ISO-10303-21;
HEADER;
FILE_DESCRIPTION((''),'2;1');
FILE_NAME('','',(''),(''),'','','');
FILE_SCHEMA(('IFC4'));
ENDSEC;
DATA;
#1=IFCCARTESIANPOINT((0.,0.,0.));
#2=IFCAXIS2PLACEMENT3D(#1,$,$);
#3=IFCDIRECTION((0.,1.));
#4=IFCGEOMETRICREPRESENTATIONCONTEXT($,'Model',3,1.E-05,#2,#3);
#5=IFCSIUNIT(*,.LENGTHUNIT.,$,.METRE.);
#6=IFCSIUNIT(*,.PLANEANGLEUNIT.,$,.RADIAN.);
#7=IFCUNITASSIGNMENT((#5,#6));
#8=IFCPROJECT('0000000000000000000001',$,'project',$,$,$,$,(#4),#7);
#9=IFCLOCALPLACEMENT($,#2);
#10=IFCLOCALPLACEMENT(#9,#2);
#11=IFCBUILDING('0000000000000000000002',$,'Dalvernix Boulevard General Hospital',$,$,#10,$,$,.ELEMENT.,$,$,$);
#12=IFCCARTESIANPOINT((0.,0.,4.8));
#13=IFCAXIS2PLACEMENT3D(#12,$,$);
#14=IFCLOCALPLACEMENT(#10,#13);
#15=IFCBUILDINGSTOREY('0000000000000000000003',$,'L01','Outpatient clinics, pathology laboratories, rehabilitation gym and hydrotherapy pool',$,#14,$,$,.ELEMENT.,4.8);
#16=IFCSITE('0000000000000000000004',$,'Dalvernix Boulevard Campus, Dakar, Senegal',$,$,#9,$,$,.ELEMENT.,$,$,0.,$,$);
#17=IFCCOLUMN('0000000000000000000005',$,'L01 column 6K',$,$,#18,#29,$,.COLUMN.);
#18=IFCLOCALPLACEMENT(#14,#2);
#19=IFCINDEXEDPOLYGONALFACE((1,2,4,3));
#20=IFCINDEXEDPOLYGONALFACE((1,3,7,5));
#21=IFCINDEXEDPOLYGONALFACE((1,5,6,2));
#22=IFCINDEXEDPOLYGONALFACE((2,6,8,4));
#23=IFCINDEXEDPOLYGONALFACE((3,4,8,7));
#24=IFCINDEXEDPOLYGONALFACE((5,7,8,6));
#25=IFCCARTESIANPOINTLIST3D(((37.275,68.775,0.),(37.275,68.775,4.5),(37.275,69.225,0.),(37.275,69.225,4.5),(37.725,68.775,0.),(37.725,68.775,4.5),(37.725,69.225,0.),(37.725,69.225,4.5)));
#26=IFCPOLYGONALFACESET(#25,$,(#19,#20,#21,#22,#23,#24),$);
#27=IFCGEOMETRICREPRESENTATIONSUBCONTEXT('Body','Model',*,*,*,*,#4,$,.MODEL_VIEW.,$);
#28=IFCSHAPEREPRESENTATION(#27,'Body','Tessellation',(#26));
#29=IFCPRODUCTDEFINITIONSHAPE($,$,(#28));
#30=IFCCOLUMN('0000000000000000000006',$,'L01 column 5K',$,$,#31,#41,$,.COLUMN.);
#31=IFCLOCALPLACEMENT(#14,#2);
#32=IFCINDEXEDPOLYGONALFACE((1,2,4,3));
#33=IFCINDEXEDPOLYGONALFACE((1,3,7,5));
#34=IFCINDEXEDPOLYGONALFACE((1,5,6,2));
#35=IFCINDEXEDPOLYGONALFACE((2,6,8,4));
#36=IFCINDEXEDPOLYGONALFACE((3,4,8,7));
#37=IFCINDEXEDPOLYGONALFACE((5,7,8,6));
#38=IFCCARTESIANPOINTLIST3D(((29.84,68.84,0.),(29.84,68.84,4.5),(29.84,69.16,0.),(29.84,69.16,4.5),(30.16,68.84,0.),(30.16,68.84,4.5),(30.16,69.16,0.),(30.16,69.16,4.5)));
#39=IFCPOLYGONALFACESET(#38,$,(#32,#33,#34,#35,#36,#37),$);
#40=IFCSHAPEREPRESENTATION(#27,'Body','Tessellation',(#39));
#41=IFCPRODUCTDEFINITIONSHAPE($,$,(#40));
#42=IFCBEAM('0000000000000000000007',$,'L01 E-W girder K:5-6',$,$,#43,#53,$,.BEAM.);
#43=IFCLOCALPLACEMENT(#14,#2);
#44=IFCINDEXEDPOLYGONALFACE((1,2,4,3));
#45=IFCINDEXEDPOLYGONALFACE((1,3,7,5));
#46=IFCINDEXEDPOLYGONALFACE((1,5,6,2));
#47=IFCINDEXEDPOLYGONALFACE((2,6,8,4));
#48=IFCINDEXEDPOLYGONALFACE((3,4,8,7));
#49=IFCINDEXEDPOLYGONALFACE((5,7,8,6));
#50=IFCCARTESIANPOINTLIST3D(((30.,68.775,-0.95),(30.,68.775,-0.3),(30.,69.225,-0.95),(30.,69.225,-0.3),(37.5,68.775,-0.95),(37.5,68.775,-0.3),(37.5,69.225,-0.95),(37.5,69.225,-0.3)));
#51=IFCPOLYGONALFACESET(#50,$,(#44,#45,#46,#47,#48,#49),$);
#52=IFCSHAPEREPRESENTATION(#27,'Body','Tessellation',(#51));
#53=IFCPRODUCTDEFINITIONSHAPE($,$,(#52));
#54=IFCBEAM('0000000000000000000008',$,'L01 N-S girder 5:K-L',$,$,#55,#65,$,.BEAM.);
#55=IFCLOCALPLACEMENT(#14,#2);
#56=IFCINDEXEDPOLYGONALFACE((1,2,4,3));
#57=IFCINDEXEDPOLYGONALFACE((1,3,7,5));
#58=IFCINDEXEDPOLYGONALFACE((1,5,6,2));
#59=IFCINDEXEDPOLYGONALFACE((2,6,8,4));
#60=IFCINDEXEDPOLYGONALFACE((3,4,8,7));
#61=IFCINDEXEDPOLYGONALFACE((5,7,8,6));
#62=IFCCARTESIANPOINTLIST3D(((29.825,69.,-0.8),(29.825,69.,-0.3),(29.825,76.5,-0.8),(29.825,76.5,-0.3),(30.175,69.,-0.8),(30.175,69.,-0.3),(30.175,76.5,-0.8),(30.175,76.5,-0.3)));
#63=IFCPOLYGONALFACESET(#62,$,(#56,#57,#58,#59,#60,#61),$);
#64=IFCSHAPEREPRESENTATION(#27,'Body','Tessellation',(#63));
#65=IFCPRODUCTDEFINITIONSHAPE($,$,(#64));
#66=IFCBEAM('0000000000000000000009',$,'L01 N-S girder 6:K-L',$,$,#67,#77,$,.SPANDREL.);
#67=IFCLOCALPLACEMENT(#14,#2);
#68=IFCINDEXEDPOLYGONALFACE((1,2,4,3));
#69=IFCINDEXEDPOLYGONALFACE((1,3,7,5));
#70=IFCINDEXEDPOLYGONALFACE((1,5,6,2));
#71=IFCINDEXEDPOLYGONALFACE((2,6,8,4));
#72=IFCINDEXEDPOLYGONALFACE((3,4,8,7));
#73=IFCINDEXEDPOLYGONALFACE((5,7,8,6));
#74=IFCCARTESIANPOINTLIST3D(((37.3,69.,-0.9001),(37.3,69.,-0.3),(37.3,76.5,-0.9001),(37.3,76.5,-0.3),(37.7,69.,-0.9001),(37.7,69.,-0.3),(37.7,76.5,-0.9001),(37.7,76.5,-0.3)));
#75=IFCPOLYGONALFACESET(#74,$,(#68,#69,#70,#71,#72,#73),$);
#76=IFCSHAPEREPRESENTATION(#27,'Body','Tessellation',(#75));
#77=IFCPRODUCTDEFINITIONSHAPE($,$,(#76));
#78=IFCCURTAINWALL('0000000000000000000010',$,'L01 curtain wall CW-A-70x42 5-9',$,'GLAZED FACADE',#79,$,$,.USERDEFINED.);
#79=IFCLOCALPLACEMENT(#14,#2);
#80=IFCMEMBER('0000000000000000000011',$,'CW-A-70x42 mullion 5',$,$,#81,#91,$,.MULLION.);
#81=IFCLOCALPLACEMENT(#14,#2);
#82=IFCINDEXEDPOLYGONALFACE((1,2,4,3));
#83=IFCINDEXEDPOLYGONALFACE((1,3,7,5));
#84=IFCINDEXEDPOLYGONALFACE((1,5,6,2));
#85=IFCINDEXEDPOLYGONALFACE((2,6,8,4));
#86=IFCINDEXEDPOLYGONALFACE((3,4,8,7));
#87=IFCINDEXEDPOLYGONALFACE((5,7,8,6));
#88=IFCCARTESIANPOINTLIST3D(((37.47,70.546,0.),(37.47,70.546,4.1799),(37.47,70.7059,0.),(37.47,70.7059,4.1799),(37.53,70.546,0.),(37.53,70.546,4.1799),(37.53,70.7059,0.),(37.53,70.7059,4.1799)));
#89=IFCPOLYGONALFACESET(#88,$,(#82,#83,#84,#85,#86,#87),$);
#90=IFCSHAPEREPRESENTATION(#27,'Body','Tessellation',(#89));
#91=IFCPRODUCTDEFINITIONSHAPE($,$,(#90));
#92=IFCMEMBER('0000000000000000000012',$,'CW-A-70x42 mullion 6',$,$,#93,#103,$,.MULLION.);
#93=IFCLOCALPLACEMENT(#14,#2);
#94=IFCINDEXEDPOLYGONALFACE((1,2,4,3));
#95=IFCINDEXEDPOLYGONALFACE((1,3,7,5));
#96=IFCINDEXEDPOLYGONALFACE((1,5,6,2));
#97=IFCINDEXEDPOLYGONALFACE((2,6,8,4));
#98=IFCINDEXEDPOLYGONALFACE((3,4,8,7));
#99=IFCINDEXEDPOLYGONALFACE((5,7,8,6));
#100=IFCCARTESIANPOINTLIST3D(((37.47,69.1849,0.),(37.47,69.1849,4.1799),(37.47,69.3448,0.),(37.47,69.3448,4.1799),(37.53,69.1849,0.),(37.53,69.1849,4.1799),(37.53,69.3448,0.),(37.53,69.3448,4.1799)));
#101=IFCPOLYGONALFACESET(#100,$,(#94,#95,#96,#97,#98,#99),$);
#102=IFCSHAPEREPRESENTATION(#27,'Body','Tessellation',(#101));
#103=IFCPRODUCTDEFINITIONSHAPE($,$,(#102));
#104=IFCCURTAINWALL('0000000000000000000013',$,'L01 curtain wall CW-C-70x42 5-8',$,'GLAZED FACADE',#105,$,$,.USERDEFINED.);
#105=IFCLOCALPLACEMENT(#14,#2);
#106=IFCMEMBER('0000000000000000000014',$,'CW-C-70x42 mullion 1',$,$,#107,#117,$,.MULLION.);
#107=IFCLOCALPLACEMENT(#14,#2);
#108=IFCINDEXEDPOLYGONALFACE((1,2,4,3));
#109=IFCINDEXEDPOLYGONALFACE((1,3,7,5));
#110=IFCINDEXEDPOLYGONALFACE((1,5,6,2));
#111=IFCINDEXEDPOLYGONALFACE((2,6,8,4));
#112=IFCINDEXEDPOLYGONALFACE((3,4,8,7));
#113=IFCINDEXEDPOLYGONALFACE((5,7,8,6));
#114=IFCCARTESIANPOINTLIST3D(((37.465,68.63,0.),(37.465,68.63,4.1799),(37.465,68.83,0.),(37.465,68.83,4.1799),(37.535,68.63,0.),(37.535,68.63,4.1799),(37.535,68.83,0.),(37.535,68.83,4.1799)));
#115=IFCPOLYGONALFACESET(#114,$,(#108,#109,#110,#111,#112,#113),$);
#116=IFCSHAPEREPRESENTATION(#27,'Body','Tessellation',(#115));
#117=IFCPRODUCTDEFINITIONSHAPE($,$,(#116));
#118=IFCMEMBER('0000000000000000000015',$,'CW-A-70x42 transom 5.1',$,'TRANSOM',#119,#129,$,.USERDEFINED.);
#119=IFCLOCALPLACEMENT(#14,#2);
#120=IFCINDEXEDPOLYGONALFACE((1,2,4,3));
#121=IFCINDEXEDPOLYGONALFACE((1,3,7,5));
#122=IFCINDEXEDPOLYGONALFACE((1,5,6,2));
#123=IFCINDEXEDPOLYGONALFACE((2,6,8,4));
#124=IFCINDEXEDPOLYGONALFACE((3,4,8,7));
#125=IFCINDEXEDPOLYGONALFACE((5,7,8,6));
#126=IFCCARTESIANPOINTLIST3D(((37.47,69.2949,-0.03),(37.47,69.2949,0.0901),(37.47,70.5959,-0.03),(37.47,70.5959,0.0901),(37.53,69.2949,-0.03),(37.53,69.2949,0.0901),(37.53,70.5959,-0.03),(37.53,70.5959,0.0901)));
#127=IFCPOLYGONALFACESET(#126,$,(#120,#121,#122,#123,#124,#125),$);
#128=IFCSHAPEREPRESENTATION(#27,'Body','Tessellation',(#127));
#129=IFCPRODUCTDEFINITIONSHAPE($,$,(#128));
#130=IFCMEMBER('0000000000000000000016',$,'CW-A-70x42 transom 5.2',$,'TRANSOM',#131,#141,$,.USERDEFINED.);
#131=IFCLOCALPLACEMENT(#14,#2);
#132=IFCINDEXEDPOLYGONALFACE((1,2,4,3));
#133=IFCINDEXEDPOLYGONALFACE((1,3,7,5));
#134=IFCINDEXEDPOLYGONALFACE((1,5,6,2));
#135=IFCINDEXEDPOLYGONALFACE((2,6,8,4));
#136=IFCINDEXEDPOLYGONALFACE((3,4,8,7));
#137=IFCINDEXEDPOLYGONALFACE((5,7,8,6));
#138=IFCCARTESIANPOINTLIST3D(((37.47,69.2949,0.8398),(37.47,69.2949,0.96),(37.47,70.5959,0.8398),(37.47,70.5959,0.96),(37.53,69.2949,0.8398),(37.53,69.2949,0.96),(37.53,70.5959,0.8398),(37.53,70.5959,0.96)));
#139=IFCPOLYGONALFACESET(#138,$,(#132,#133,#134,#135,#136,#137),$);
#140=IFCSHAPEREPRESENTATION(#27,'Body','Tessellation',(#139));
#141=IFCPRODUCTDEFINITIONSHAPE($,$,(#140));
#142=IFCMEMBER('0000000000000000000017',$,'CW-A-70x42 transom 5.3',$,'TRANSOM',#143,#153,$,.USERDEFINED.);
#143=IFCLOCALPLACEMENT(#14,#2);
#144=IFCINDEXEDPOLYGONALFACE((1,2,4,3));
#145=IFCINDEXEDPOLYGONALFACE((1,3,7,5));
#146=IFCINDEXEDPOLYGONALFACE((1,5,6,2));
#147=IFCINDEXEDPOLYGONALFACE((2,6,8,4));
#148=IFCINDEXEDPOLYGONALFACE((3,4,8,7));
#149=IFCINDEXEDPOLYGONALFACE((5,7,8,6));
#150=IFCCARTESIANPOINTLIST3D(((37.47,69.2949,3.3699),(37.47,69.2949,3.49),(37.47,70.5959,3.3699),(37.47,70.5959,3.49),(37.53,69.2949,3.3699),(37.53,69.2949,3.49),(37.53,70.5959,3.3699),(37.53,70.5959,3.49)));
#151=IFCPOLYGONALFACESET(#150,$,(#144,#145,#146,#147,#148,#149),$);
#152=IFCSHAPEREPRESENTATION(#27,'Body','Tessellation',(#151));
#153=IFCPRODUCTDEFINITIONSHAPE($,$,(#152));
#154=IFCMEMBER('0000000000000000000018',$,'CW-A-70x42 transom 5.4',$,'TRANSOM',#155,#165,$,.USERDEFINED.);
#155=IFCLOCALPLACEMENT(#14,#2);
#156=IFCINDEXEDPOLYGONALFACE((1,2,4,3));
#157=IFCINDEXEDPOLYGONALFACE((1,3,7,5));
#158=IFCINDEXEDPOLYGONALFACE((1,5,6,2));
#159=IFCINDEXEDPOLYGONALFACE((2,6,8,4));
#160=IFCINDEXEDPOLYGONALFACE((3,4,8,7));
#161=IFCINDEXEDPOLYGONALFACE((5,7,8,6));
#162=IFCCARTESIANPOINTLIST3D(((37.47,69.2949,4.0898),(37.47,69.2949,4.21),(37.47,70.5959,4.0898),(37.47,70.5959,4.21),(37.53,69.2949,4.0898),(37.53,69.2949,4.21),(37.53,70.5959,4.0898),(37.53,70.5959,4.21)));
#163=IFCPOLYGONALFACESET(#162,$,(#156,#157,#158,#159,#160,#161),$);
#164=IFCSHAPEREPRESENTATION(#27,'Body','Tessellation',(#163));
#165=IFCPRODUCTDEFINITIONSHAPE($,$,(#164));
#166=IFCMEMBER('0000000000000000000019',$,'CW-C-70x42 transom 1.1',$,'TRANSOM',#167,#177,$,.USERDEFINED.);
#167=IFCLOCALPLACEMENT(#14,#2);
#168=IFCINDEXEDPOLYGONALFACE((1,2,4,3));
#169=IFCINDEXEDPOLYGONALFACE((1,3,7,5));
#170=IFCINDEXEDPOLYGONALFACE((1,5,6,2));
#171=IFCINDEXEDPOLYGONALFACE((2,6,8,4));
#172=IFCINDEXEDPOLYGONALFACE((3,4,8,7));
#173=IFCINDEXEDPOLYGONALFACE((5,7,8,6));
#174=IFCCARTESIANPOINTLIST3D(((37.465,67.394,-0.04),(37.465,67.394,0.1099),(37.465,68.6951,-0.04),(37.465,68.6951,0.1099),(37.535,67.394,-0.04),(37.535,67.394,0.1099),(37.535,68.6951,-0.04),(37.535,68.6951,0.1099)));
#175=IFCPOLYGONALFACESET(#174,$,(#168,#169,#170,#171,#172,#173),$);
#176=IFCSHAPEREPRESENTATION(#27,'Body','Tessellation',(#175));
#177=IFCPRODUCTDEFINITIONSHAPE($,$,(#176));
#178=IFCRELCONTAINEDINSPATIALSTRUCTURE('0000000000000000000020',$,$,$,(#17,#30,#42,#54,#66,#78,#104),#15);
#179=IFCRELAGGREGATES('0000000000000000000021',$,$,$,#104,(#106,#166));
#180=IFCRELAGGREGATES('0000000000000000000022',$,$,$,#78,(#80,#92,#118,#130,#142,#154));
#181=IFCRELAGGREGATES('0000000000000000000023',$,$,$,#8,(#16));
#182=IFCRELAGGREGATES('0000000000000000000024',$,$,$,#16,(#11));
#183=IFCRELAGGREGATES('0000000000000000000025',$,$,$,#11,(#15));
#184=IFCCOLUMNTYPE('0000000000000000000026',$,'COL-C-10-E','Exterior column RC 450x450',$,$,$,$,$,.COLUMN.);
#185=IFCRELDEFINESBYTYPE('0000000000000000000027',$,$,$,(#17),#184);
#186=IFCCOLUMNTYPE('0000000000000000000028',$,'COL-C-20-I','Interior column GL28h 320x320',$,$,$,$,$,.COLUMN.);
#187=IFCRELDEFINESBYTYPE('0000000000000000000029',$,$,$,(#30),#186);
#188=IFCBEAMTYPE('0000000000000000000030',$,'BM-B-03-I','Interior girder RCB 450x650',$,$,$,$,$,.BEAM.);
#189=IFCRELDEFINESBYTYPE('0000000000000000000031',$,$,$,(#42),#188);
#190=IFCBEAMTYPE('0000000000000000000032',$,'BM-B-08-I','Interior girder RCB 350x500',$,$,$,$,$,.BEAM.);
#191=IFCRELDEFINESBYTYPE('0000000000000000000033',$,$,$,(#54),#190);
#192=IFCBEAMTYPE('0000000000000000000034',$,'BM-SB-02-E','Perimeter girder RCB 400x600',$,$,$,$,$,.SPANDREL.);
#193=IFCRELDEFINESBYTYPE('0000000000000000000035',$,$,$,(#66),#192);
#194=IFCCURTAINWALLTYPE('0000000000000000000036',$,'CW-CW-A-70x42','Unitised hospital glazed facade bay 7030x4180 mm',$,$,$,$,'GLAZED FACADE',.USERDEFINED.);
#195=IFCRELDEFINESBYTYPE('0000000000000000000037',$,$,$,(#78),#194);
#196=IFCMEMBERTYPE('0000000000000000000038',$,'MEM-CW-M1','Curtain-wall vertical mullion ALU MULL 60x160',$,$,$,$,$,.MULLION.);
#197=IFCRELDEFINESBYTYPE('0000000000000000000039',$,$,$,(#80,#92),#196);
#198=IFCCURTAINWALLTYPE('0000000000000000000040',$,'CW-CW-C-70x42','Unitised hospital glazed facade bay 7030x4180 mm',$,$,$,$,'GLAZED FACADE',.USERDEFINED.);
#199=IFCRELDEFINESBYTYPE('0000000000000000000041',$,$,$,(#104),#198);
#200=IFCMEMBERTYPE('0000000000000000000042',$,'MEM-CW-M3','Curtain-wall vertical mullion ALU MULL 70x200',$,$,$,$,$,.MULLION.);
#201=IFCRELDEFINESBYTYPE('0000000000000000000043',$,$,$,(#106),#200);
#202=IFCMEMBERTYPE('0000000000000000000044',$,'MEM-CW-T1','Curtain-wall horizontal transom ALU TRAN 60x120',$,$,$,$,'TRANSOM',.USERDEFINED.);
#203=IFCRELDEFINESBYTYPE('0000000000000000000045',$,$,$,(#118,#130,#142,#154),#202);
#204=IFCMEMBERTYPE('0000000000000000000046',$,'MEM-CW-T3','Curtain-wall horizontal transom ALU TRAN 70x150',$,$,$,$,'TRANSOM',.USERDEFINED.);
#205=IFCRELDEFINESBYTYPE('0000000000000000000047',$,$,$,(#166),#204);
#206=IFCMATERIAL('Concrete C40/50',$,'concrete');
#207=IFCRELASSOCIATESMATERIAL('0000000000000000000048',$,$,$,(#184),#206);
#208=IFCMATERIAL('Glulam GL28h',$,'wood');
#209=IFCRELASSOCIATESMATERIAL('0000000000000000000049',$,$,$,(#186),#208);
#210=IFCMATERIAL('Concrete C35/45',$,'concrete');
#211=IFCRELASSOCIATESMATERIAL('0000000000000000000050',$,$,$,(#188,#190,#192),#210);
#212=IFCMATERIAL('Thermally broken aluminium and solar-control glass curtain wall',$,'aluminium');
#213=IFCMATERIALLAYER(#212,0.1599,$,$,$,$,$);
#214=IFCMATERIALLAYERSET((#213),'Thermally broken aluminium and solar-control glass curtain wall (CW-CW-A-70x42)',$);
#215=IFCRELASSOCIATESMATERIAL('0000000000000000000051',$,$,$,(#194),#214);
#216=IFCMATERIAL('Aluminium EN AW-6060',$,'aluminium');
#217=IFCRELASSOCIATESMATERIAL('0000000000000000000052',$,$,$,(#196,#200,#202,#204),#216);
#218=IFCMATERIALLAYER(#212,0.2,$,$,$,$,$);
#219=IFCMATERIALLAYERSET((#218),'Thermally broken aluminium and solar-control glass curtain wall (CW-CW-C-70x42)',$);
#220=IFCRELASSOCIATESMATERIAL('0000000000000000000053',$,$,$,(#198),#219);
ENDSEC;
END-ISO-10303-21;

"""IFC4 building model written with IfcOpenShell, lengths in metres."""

from ifc_helpers import new_model, si_unit, direction, frame, origin, origin_2d, place, context, subcontext, project, spatial, rectangle, extrude, material, layer, layer_set, material_profile, profile_set, type_object, element, aggregate, save


model = new_model("IFC4")

# Units and contexts
model_context = context("Model", 3, precision=1e-05, world=origin(), true_north=direction((0.0, 1.0)))
body_context = subcontext(model_context, "Body", "Model", "MODEL_VIEW")
ifc_project = project(units=[si_unit("LENGTHUNIT", "METRE"), si_unit("PLANEANGLEUNIT", "RADIAN")], contexts=[model_context])

# Site, building, storey
site_placement = place(None, origin())
site = spatial("IfcSite", under=ifc_project, at=site_placement, Name="Dalvernix Boulevard Campus, Dakar, Senegal", CompositionType="ELEMENT", RefElevation=0.0)
building_placement = place(site_placement, origin())
building = spatial("IfcBuilding", under=site, at=building_placement, Name="Dalvernix Boulevard General Hospital", CompositionType="ELEMENT")
storey_placement = place(building_placement, frame((0.0, 0.0, 4.8)))
storey = spatial("IfcBuildingStorey", under=building, at=storey_placement, Name="L01", Description="Outpatient clinics, pathology laboratories, rehabilitation gym and hydrotherapy pool", CompositionType="ELEMENT", Elevation=4.8)

# Columns
ifc_material_1 = material(Name="Concrete C40/50", Category="concrete")
ifc_material_profile_1 = material_profile(ifc_material_1, rectangle(XDim=0.45, YDim=0.45, at=origin_2d()), Name="RC 450x450")
ifc_profile_set_1 = profile_set([ifc_material_profile_1], Name="Concrete C40/50")
column_type_1 = type_object("IfcColumnType", Name="COL-C-10-E", Description="Exterior column RC 450x450", PredefinedType="COLUMN", material=ifc_profile_set_1)
column_1_placement = place(storey_placement, frame((37.5, 69.0, 0.0), z_axis=(0.0, 0.0, 1.0), x_axis=(1.0, 0.0, 0.0)))
element("IfcColumn", 1, at=column_1_placement, inside=storey, type_object=column_type_1, Name="L01 column 6K", PredefinedType="COLUMN", context=body_context, shape_type="SweptSolid", body=[
    extrude(rectangle(XDim=0.45, YDim=0.45, at=origin_2d()), origin(), (0.0, 0.0, 1.0), 4.5),
])
ifc_material_2 = material(Name="Glulam GL28h", Category="wood")
ifc_material_profile_2 = material_profile(ifc_material_2, rectangle(XDim=0.3201, YDim=0.3201, at=origin_2d()), Name="GL28h 320x320")
ifc_profile_set_2 = profile_set([ifc_material_profile_2], Name="Glulam GL28h")
column_type_2 = type_object("IfcColumnType", Name="COL-C-20-I", Description="Interior column GL28h 320x320", PredefinedType="COLUMN", material=ifc_profile_set_2)
column_2_placement = place(storey_placement, frame((30.0, 69.0, 0.0), z_axis=(0.0, 0.0, 1.0), x_axis=(1.0, 0.0, 0.0)))
element("IfcColumn", 2, at=column_2_placement, inside=storey, type_object=column_type_2, Name="L01 column 5K", PredefinedType="COLUMN", context=body_context, shape_type="SweptSolid", body=[
    extrude(rectangle(XDim=0.3201, YDim=0.3201, at=origin_2d()), origin(), (0.0, 0.0, 1.0), 4.5),
])

# Beams
ifc_material_3 = material(Name="Concrete C35/45", Category="concrete")
ifc_material_profile_3 = material_profile(ifc_material_3, rectangle(XDim=0.45, YDim=0.6499, at=origin_2d()), Name="RCB 450x650")
ifc_profile_set_3 = profile_set([ifc_material_profile_3], Name="Concrete C35/45")
beam_type_1 = type_object("IfcBeamType", Name="BM-B-03-I", Description="Interior girder RCB 450x650", PredefinedType="BEAM", material=ifc_profile_set_3)
beam_1_placement = place(storey_placement, frame((30.0, 69.0, -0.625), z_axis=(1.0, 0.0, 0.0), x_axis=(0.0, 1.0, 0.0)))
element("IfcBeam", 3, at=beam_1_placement, inside=storey, type_object=beam_type_1, Name="L01 E-W girder K:5-6", PredefinedType="BEAM", context=body_context, shape_type="SweptSolid", body=[
    extrude(rectangle(XDim=0.45, YDim=0.6499, at=origin_2d()), origin(), (0.0, 0.0, 1.0), 7.5),
])
ifc_material_profile_4 = material_profile(ifc_material_3, rectangle(XDim=0.3501, YDim=0.5, at=origin_2d()), Name="RCB 350x500")
ifc_profile_set_4 = profile_set([ifc_material_profile_4], Name="Concrete C35/45")
beam_type_2 = type_object("IfcBeamType", Name="BM-B-08-I", Description="Interior girder RCB 350x500", PredefinedType="BEAM", material=ifc_profile_set_4)
beam_2_placement = place(storey_placement, frame((30.0, 69.0, -0.55), z_axis=(0.0, 1.0, 0.0), x_axis=(-1.0, 0.0, 0.0)))
element("IfcBeam", 4, at=beam_2_placement, inside=storey, type_object=beam_type_2, Name="L01 N-S girder 5:K-L", PredefinedType="BEAM", context=body_context, shape_type="SweptSolid", body=[
    extrude(rectangle(XDim=0.3501, YDim=0.5, at=origin_2d()), origin(), (0.0, 0.0, 1.0), 7.5),
])
ifc_material_profile_5 = material_profile(ifc_material_3, rectangle(XDim=0.3999, YDim=0.6001, at=origin_2d()), Name="RCB 400x600")
ifc_profile_set_5 = profile_set([ifc_material_profile_5], Name="Concrete C35/45")
beam_type_3 = type_object("IfcBeamType", Name="BM-SB-02-E", Description="Perimeter girder RCB 400x600", PredefinedType="SPANDREL", material=ifc_profile_set_5)
beam_3_placement = place(storey_placement, frame((37.5, 69.0, -0.6001), z_axis=(0.0, 1.0, 0.0), x_axis=(-1.0, 0.0, 0.0)))
element("IfcBeam", 5, at=beam_3_placement, inside=storey, type_object=beam_type_3, Name="L01 N-S girder 6:K-L", PredefinedType="SPANDREL", context=body_context, shape_type="SweptSolid", body=[
    extrude(rectangle(XDim=0.3999, YDim=0.6001, at=origin_2d()), origin(), (0.0, 0.0, 1.0), 7.5),
])

# Curtain wall, members
ifc_material_4 = material(Name="Thermally broken aluminium and solar-control glass curtain wall", Category="aluminium")
ifc_layer_1 = layer(ifc_material_4, 0.1599)
ifc_layer_set_1 = layer_set([ifc_layer_1], Name="Thermally broken aluminium and solar-control glass curtain wall (CW-CW-A-70x42)")
curtain_wall_type_1 = type_object("IfcCurtainWallType", Name="CW-CW-A-70x42", Description="Unitised hospital glazed facade bay 7030x4180 mm", ElementType="GLAZED FACADE", PredefinedType="USERDEFINED", material=ifc_layer_set_1)
curtain_wall_1_placement = place(storey_placement, origin())
curtain_wall_1 = element("IfcCurtainWall", 6, at=curtain_wall_1_placement, inside=storey, type_object=curtain_wall_type_1, Name="L01 curtain wall CW-A-70x42 5-9", ObjectType="GLAZED FACADE", PredefinedType="USERDEFINED")
ifc_material_5 = material(Name="Aluminium EN AW-6060", Category="aluminium")
ifc_material_profile_6 = material_profile(ifc_material_5, rectangle(XDim=0.0601, YDim=0.1599, at=origin_2d()), Name="ALU MULL 60x160")
ifc_profile_set_6 = profile_set([ifc_material_profile_6], Name="Aluminium EN AW-6060")
member_type_1 = type_object("IfcMemberType", Name="MEM-CW-M1", Description="Curtain-wall vertical mullion ALU MULL 60x160", PredefinedType="MULLION", material=ifc_profile_set_6)
member_1_placement = place(storey_placement, frame((37.5, 70.626, 0.0), z_axis=(0.0, 0.0, 1.0), x_axis=(1.0, 0.0, 0.0)))
member_1 = element("IfcMember", 7, at=member_1_placement, type_object=member_type_1, Name="CW-A-70x42 mullion 5", PredefinedType="MULLION", context=body_context, shape_type="SweptSolid", body=[
    extrude(rectangle(XDim=0.0601, YDim=0.1599, at=origin_2d()), origin(), (0.0, 0.0, 1.0), 4.1799),
])
member_2_placement = place(storey_placement, frame((37.5, 69.2649, 0.0), z_axis=(0.0, 0.0, 1.0), x_axis=(1.0, 0.0, 0.0)))
member_2 = element("IfcMember", 8, at=member_2_placement, type_object=member_type_1, Name="CW-A-70x42 mullion 6", PredefinedType="MULLION", context=body_context, shape_type="SweptSolid", body=[
    extrude(rectangle(XDim=0.0601, YDim=0.1599, at=origin_2d()), origin(), (0.0, 0.0, 1.0), 4.1799),
])

# Curtain wall, member
ifc_layer_2 = layer(ifc_material_4, 0.2)
ifc_layer_set_2 = layer_set([ifc_layer_2], Name="Thermally broken aluminium and solar-control glass curtain wall (CW-CW-C-70x42)")
curtain_wall_type_2 = type_object("IfcCurtainWallType", Name="CW-CW-C-70x42", Description="Unitised hospital glazed facade bay 7030x4180 mm", ElementType="GLAZED FACADE", PredefinedType="USERDEFINED", material=ifc_layer_set_2)
curtain_wall_2_placement = place(storey_placement, origin())
curtain_wall_2 = element("IfcCurtainWall", 9, at=curtain_wall_2_placement, inside=storey, type_object=curtain_wall_type_2, Name="L01 curtain wall CW-C-70x42 5-8", ObjectType="GLAZED FACADE", PredefinedType="USERDEFINED")
ifc_material_profile_7 = material_profile(ifc_material_5, rectangle(XDim=0.0701, YDim=0.2, at=origin_2d()), Name="ALU MULL 70x200")
ifc_profile_set_7 = profile_set([ifc_material_profile_7], Name="Aluminium EN AW-6060")
member_type_2 = type_object("IfcMemberType", Name="MEM-CW-M3", Description="Curtain-wall vertical mullion ALU MULL 70x200", PredefinedType="MULLION", material=ifc_profile_set_7)
member_3_placement = place(storey_placement, frame((37.5, 68.73, 0.0), z_axis=(0.0, 0.0, 1.0), x_axis=(1.0, 0.0, 0.0)))
member_3 = element("IfcMember", 10, at=member_3_placement, type_object=member_type_2, Name="CW-C-70x42 mullion 1", PredefinedType="MULLION", context=body_context, shape_type="SweptSolid", body=[
    extrude(rectangle(XDim=0.0701, YDim=0.2, at=origin_2d()), origin(), (0.0, 0.0, 1.0), 4.1799),
])

# Members
ifc_material_profile_8 = material_profile(ifc_material_5, rectangle(XDim=0.0601, YDim=0.1201, at=origin_2d()), Name="ALU TRAN 60x120")
ifc_profile_set_8 = profile_set([ifc_material_profile_8], Name="Aluminium EN AW-6060")
member_type_3 = type_object("IfcMemberType", Name="MEM-CW-T1", Description="Curtain-wall horizontal transom ALU TRAN 60x120", ElementType="TRANSOM", PredefinedType="USERDEFINED", material=ifc_profile_set_8)
member_4_placement = place(storey_placement, frame((37.5, 70.5959, 0.03), z_axis=(0.0, -1.0, 0.0), x_axis=(1.0, 0.0, 0.0)))
member_4 = element("IfcMember", 11, at=member_4_placement, type_object=member_type_3, Name="CW-A-70x42 transom 5.1", ObjectType="TRANSOM", PredefinedType="USERDEFINED", context=body_context, shape_type="SweptSolid", body=[
    extrude(rectangle(XDim=0.0601, YDim=0.1201, at=origin_2d()), origin(), (0.0, 0.0, 1.0), 1.301),
])
member_5_placement = place(storey_placement, frame((37.5, 70.5959, 0.8999), z_axis=(0.0, -1.0, 0.0), x_axis=(1.0, 0.0, 0.0)))
member_5 = element("IfcMember", 12, at=member_5_placement, type_object=member_type_3, Name="CW-A-70x42 transom 5.2", ObjectType="TRANSOM", PredefinedType="USERDEFINED", context=body_context, shape_type="SweptSolid", body=[
    extrude(rectangle(XDim=0.0601, YDim=0.1201, at=origin_2d()), origin(), (0.0, 0.0, 1.0), 1.301),
])
member_6_placement = place(storey_placement, frame((37.5, 70.5959, 3.4299), z_axis=(0.0, -1.0, 0.0), x_axis=(1.0, 0.0, 0.0)))
member_6 = element("IfcMember", 13, at=member_6_placement, type_object=member_type_3, Name="CW-A-70x42 transom 5.3", ObjectType="TRANSOM", PredefinedType="USERDEFINED", context=body_context, shape_type="SweptSolid", body=[
    extrude(rectangle(XDim=0.0601, YDim=0.1201, at=origin_2d()), origin(), (0.0, 0.0, 1.0), 1.301),
])
member_7_placement = place(storey_placement, frame((37.5, 70.5959, 4.1499), z_axis=(0.0, -1.0, 0.0), x_axis=(1.0, 0.0, 0.0)))
member_7 = element("IfcMember", 14, at=member_7_placement, type_object=member_type_3, Name="CW-A-70x42 transom 5.4", ObjectType="TRANSOM", PredefinedType="USERDEFINED", context=body_context, shape_type="SweptSolid", body=[
    extrude(rectangle(XDim=0.0601, YDim=0.1201, at=origin_2d()), origin(), (0.0, 0.0, 1.0), 1.301),
])
ifc_material_profile_9 = material_profile(ifc_material_5, rectangle(XDim=0.0701, YDim=0.1499, at=origin_2d()), Name="ALU TRAN 70x150")
ifc_profile_set_9 = profile_set([ifc_material_profile_9], Name="Aluminium EN AW-6060")
member_type_4 = type_object("IfcMemberType", Name="MEM-CW-T3", Description="Curtain-wall horizontal transom ALU TRAN 70x150", ElementType="TRANSOM", PredefinedType="USERDEFINED", material=ifc_profile_set_9)
member_8_placement = place(storey_placement, frame((37.5, 68.6951, 0.0349), z_axis=(0.0, -1.0, 0.0), x_axis=(1.0, 0.0, 0.0)))
member_8 = element("IfcMember", 15, at=member_8_placement, type_object=member_type_4, Name="CW-C-70x42 transom 1.1", ObjectType="TRANSOM", PredefinedType="USERDEFINED", context=body_context, shape_type="SweptSolid", body=[
    extrude(rectangle(XDim=0.0701, YDim=0.1499, at=origin_2d()), origin(), (0.0, 0.0, 1.0), 1.301),
])
aggregate(curtain_wall_2, [member_3, member_8])

aggregate(curtain_wall_1, [member_1, member_2, member_4, member_5, member_6, member_7])

save(model, "model.ifc")
